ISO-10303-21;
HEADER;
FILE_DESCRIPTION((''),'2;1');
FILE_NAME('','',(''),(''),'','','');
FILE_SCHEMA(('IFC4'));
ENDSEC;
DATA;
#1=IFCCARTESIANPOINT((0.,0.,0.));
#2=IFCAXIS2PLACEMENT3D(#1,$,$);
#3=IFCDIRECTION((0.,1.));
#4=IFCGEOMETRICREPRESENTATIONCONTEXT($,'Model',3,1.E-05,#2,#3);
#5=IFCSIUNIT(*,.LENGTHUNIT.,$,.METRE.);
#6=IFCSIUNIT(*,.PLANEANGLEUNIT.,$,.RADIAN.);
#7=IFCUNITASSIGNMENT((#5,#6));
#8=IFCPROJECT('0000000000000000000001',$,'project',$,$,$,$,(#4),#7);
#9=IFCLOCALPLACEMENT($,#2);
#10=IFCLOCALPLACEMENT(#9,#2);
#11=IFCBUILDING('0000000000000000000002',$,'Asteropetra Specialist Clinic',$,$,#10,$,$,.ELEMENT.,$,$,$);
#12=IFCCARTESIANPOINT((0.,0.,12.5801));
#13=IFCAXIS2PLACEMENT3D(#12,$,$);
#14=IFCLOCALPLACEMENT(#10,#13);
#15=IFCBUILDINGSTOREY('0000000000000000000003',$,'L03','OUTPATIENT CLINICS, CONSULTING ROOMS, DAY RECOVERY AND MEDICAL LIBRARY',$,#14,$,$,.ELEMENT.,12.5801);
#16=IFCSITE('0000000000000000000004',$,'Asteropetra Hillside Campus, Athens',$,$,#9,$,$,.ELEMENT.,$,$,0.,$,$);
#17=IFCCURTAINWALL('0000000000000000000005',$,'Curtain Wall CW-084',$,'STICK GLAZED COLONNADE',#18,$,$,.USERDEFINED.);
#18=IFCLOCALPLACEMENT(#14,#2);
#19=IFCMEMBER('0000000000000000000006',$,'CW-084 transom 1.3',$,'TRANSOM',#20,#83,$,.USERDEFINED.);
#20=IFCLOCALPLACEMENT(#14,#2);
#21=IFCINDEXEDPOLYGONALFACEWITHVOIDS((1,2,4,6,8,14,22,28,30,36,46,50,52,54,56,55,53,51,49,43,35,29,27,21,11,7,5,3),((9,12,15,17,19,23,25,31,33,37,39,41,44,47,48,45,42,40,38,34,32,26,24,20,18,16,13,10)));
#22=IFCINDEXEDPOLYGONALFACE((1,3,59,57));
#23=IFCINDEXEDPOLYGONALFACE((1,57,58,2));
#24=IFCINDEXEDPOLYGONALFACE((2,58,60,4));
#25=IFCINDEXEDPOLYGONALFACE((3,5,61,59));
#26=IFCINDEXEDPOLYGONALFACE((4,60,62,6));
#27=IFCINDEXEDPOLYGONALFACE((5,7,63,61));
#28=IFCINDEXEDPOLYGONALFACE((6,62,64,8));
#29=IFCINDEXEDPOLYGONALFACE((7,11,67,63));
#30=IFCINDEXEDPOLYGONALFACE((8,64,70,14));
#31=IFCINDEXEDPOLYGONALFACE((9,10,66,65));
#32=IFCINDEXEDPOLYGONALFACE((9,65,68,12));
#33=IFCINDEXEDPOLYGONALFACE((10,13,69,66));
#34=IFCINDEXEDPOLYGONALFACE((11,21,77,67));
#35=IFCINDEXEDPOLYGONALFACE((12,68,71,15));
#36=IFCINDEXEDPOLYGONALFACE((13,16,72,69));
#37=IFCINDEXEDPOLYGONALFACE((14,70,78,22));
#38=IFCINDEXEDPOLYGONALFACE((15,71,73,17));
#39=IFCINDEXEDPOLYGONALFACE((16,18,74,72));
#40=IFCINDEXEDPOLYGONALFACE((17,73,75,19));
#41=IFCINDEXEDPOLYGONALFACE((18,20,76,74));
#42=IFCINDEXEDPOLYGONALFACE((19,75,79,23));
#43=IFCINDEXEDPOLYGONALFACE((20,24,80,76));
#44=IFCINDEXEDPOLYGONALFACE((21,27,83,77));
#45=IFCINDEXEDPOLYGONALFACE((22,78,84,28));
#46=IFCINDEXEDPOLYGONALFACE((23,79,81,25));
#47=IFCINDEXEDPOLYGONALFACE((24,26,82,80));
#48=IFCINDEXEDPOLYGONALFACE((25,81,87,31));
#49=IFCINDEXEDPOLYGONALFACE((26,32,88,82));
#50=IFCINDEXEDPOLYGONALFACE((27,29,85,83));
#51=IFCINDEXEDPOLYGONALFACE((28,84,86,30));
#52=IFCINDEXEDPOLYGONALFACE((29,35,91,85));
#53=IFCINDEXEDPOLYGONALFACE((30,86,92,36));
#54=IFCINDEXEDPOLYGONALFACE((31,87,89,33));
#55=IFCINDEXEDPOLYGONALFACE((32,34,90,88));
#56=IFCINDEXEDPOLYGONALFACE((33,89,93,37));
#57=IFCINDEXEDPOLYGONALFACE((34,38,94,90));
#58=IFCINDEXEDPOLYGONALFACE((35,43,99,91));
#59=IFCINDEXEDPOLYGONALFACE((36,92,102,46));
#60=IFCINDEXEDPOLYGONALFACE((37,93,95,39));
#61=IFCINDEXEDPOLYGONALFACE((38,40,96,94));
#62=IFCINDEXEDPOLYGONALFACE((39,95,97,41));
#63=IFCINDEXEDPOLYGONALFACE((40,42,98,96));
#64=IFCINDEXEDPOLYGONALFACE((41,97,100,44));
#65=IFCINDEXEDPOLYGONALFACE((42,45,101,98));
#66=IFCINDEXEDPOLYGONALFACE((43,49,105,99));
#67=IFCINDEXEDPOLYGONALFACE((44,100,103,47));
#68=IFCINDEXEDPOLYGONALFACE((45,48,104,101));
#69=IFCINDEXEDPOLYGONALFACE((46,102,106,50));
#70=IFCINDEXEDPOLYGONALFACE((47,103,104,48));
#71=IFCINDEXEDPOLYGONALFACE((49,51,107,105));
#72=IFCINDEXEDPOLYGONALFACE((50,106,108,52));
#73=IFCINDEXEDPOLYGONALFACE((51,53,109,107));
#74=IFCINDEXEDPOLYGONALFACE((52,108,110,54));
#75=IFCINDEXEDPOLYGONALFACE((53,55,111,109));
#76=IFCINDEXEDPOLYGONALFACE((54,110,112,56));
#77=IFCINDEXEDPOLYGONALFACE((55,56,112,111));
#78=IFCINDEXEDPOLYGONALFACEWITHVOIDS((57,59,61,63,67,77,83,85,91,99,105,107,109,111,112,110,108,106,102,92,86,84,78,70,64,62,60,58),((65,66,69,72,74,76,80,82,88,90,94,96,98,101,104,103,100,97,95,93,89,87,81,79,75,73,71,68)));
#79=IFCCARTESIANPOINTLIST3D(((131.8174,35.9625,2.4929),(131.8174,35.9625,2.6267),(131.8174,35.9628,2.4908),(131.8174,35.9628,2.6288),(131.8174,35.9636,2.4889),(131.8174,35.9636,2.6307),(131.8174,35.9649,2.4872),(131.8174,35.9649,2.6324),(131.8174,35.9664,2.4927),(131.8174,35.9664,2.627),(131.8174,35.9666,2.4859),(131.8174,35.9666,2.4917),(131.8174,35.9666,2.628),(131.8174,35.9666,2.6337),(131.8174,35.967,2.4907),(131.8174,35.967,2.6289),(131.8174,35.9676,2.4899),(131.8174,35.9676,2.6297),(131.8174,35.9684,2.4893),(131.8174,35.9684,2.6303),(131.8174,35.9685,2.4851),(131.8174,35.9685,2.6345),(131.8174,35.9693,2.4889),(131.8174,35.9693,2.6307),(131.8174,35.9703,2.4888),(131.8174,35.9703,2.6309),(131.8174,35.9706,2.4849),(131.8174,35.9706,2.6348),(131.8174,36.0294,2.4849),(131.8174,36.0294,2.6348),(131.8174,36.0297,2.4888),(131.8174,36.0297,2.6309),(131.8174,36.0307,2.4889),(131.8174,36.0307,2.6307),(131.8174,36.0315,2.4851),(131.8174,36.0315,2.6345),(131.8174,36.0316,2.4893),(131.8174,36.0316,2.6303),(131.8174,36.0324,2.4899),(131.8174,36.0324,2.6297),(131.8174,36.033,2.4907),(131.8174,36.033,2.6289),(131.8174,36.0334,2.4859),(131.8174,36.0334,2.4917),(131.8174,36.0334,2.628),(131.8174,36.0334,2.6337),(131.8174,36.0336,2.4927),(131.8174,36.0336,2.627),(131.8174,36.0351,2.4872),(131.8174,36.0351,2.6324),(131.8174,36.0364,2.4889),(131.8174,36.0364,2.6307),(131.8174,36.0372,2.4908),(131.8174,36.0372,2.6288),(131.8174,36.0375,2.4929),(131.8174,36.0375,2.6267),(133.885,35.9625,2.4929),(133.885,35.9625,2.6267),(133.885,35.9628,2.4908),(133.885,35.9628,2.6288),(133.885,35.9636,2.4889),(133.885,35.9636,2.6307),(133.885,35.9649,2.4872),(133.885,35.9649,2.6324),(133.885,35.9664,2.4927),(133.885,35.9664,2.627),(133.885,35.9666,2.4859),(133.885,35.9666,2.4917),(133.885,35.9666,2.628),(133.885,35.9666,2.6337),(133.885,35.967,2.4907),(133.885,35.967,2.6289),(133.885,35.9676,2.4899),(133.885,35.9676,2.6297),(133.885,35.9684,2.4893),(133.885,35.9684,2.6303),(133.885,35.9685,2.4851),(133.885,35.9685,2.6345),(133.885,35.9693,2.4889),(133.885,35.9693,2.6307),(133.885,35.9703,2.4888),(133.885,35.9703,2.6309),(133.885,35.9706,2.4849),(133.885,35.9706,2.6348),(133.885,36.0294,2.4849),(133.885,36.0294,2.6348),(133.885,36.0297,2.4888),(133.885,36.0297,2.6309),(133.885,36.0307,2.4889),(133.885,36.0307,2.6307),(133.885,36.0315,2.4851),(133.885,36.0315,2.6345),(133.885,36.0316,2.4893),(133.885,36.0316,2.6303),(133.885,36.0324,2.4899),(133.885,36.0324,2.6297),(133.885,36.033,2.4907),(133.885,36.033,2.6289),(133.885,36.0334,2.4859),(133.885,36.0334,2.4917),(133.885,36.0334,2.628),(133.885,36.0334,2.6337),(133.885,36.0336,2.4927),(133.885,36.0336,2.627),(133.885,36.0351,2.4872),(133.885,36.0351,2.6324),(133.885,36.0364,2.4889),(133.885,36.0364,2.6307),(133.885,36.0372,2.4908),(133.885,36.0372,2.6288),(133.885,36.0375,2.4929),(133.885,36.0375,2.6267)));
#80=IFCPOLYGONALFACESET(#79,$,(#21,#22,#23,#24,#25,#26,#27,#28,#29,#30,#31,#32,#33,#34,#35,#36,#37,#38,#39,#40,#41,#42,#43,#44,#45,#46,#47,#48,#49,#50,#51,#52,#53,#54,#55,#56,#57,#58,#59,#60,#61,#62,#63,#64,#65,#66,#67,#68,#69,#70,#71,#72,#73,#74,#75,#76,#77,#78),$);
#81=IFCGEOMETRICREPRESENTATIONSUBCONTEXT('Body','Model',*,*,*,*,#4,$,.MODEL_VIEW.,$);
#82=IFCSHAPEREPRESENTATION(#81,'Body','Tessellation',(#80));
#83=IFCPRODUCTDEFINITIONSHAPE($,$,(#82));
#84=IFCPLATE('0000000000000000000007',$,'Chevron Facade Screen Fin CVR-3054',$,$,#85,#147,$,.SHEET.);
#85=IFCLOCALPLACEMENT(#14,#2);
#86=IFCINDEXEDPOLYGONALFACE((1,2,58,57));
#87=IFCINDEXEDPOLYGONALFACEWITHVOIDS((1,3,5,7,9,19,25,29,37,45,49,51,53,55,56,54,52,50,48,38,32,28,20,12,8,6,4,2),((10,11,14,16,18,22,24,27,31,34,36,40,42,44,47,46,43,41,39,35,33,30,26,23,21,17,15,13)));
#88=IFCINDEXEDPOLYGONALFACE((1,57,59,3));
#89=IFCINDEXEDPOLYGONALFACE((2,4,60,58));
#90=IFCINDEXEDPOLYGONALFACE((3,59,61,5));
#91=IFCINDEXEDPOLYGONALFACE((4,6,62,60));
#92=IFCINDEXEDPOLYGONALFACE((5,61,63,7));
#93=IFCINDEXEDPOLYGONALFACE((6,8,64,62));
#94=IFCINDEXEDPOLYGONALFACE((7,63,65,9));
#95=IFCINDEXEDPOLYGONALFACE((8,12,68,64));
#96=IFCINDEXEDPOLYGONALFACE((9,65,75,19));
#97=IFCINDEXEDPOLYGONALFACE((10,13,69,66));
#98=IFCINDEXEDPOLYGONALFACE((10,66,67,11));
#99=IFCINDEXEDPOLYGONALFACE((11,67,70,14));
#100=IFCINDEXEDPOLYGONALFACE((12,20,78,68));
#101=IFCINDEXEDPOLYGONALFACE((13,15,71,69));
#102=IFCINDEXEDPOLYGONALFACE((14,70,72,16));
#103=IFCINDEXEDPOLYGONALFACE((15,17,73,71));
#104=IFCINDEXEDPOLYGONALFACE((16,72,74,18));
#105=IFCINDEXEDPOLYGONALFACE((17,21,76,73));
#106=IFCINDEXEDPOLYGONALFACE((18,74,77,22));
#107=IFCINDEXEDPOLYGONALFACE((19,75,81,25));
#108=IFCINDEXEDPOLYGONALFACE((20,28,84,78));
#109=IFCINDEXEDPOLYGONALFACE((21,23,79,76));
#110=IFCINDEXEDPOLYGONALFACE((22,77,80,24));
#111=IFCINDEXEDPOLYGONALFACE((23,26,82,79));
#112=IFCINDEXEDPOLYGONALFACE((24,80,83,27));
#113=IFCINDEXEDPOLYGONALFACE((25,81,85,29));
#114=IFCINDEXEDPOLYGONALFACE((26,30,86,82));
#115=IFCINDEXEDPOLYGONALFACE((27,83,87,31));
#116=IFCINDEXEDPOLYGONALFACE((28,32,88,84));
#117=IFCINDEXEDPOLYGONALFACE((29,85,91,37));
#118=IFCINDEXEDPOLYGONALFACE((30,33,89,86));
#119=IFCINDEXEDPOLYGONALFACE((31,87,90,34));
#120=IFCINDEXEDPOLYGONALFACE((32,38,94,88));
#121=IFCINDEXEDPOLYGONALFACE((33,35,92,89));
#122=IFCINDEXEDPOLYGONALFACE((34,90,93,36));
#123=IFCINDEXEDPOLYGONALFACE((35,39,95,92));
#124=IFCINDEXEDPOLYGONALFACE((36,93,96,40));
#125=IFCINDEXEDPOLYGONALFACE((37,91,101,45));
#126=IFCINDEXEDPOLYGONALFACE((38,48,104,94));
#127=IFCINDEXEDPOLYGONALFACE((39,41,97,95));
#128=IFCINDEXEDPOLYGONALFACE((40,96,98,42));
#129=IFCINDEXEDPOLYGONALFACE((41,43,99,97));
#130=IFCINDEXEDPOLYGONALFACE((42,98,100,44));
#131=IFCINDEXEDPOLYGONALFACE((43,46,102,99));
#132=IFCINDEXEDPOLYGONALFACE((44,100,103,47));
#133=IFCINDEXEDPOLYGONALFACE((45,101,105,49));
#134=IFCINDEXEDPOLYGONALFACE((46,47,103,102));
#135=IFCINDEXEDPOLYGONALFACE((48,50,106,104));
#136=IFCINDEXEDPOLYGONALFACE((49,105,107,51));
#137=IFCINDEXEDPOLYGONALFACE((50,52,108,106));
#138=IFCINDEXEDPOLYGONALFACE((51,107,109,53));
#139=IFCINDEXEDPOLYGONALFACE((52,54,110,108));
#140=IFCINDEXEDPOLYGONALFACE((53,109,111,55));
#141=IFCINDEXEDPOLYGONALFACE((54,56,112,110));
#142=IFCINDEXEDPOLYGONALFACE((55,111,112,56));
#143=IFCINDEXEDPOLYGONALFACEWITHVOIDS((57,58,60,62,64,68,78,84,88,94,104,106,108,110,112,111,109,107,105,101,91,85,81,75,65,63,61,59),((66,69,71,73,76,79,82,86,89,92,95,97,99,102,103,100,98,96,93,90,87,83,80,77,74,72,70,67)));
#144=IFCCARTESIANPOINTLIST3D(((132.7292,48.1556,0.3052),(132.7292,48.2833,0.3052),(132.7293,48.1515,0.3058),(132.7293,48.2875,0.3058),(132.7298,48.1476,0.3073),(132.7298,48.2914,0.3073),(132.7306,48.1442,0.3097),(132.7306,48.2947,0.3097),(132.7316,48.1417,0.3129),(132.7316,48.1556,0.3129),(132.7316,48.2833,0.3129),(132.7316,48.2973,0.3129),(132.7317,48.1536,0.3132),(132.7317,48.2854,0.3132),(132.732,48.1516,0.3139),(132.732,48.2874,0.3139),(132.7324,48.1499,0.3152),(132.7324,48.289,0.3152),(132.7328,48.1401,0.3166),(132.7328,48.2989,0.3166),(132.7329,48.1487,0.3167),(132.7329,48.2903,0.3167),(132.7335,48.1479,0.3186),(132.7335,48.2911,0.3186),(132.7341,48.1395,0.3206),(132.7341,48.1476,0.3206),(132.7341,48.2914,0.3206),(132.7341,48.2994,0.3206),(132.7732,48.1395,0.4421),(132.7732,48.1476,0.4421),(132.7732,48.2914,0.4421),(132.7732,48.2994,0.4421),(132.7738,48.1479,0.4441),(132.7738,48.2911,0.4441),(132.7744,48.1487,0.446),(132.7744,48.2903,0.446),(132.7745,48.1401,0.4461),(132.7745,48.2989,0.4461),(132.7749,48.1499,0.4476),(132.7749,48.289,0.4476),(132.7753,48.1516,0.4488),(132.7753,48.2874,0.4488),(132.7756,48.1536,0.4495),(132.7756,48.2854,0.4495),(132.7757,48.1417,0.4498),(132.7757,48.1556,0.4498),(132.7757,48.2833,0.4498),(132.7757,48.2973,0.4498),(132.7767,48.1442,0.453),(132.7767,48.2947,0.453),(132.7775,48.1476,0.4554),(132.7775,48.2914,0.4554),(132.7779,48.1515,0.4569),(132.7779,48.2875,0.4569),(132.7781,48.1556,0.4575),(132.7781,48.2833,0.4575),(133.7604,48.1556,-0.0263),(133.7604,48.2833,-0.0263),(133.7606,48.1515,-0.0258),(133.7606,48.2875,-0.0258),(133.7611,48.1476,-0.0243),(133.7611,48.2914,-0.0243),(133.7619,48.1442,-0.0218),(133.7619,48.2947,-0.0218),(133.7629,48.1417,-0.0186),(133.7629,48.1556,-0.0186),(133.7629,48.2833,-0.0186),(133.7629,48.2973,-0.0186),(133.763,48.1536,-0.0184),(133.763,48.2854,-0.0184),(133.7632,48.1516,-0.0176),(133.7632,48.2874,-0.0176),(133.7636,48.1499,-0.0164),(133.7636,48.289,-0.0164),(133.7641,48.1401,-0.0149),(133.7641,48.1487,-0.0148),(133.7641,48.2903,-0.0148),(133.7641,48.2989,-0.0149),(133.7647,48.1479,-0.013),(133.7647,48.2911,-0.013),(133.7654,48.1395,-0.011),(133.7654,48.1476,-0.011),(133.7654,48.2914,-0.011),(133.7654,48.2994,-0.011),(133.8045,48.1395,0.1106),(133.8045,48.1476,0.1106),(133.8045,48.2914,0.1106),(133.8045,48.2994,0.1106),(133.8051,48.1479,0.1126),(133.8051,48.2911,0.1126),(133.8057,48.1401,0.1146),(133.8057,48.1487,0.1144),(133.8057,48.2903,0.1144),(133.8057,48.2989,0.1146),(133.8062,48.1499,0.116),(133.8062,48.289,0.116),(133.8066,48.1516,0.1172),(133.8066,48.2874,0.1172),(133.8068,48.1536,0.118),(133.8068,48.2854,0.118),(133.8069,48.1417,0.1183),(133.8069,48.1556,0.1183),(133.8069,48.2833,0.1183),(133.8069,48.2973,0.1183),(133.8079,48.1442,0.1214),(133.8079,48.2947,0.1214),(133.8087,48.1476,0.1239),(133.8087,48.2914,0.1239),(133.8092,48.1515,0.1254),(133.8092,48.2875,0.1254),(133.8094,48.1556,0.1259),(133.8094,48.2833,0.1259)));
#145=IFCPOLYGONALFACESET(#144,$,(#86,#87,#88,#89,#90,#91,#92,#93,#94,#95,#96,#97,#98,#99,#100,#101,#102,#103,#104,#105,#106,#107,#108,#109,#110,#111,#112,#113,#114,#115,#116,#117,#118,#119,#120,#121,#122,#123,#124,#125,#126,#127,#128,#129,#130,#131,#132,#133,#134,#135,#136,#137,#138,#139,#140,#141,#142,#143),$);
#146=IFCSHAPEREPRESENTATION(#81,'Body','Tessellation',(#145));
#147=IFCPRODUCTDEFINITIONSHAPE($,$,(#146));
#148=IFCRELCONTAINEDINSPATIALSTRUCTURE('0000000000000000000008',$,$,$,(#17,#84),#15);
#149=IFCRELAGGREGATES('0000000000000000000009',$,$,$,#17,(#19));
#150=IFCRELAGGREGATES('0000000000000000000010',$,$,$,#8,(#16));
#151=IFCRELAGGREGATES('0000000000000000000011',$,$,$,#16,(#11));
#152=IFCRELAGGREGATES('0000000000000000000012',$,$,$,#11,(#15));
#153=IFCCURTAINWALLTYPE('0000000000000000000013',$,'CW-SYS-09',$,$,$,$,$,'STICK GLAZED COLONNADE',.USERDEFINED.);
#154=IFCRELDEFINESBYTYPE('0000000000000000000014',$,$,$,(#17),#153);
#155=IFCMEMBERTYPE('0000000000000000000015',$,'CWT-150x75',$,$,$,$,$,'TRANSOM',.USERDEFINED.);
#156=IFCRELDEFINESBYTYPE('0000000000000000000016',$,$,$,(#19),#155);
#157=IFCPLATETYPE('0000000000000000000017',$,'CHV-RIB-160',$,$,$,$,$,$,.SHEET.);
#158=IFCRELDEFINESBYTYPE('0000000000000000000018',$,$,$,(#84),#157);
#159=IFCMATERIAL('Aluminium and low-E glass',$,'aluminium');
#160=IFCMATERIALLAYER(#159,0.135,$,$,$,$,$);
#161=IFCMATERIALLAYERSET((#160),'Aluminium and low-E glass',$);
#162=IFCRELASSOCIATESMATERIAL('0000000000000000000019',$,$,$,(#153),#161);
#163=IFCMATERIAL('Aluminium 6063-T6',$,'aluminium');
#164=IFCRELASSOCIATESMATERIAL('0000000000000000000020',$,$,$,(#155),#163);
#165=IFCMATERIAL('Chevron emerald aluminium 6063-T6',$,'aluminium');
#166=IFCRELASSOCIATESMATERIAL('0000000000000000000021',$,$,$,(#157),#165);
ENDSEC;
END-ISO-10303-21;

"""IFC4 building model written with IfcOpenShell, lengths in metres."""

from ifc_helpers import new_model, si_unit, direction, frame, origin, origin_2d, place, context, subcontext, project, spatial, hollow_rectangle, extrude, material, layer, layer_set, material_profile, profile_set, type_object, element, aggregate, save


model = new_model("IFC4")

# Units and contexts
model_context = context("Model", 3, precision=1e-05, world=origin(), true_north=direction((0.0, 1.0)))
body_context = subcontext(model_context, "Body", "Model", "MODEL_VIEW")
ifc_project = project(units=[si_unit("LENGTHUNIT", "METRE"), si_unit("PLANEANGLEUNIT", "RADIAN")], contexts=[model_context])

# Site, building, storey
site_placement = place(None, origin())
site = spatial("IfcSite", under=ifc_project, at=site_placement, Name="Asteropetra Hillside Campus, Athens", CompositionType="ELEMENT", RefElevation=0.0)
building_placement = place(site_placement, origin())
building = spatial("IfcBuilding", under=site, at=building_placement, Name="Asteropetra Specialist Clinic", CompositionType="ELEMENT")
storey_placement = place(building_placement, frame((0.0, 0.0, 12.5801)))
storey = spatial("IfcBuildingStorey", under=building, at=storey_placement, Name="L03", Description="OUTPATIENT CLINICS, CONSULTING ROOMS, DAY RECOVERY AND MEDICAL LIBRARY", CompositionType="ELEMENT", Elevation=12.5801)

# Curtain wall, member
ifc_material_1 = material(Name="Aluminium and low-E glass", Category="aluminium")
ifc_layer_1 = layer(ifc_material_1, 0.135)
ifc_layer_set_1 = layer_set([ifc_layer_1], Name="Aluminium and low-E glass")
curtain_wall_type = type_object("IfcCurtainWallType", Name="CW-SYS-09", ElementType="STICK GLAZED COLONNADE", PredefinedType="USERDEFINED", material=ifc_layer_set_1)
curtain_wall_placement = place(storey_placement, origin())
curtain_wall = element("IfcCurtainWall", 1, at=curtain_wall_placement, inside=storey, type_object=curtain_wall_type, Name="Curtain Wall CW-084", ObjectType="STICK GLAZED COLONNADE", PredefinedType="USERDEFINED")
ifc_material_2 = material(Name="Aluminium 6063-T6", Category="aluminium")
ifc_material_profile_1 = material_profile(ifc_material_2, hollow_rectangle(XDim=0.075, YDim=0.1499, WallThickness=0.0039, InnerFilletRadius=0.0039, OuterFilletRadius=0.0081, at=origin_2d()), Name="TRN 150x75x4.0")
ifc_profile_set_1 = profile_set([ifc_material_profile_1], Name="Aluminium 6063-T6")
member_type = type_object("IfcMemberType", Name="CWT-150x75", ElementType="TRANSOM", PredefinedType="USERDEFINED", material=ifc_profile_set_1)
member_1_placement = place(storey_placement, frame((133.885, 36.0, 2.5598), z_axis=(-1.0, 0.0, 0.0), x_axis=(0.0, -1.0, 0.0)))
member_1 = element("IfcMember", 2, at=member_1_placement, type_object=member_type, Name="CW-084 transom 1.3", ObjectType="TRANSOM", PredefinedType="USERDEFINED", context=body_context, shape_type="SweptSolid", body=[
    extrude(hollow_rectangle(XDim=0.075, YDim=0.1499, WallThickness=0.0039, InnerFilletRadius=0.0039, OuterFilletRadius=0.0081, at=origin_2d()), origin(), (0.0, 0.0, 1.0), 2.0676),
])

# Plate
ifc_material_3 = material(Name="Chevron emerald aluminium 6063-T6", Category="aluminium")
ifc_material_profile_2 = material_profile(ifc_material_3, hollow_rectangle(XDim=0.1599, YDim=0.1599, WallThickness=0.0081, InnerFilletRadius=0.0081, OuterFilletRadius=0.0161, at=origin_2d()), Name="SHS 160x160x8.0")
ifc_profile_set_2 = profile_set([ifc_material_profile_2], Name="Chevron emerald aluminium 6063-T6")
plate_type_1 = type_object("IfcPlateType", Name="CHV-RIB-160", PredefinedType="SHEET", material=ifc_profile_set_2)
for number, where, z_axis, x_axis, name in (
    (3, (133.7849, 48.2195, 0.0498), (-0.95201, 0.0, 0.306068), (0.0, -1.0, 0.0), "Chevron Facade Screen Fin CVR-3054"),
):
    element("IfcPlate", number, at=place(storey_placement, frame(where, z_axis=z_axis, x_axis=x_axis)), inside=storey, type_object=plate_type_1, Name=name, PredefinedType="SHEET", context=body_context, shape_type="SweptSolid", body=[
        extrude(hollow_rectangle(XDim=0.1599, YDim=0.1599, WallThickness=0.0081, InnerFilletRadius=0.0081, OuterFilletRadius=0.0161, at=origin_2d()), origin(), (0.0, 0.0, 1.0), 1.0833),
    ])

aggregate(curtain_wall, [member_1])

save(model, "model.ifc")
